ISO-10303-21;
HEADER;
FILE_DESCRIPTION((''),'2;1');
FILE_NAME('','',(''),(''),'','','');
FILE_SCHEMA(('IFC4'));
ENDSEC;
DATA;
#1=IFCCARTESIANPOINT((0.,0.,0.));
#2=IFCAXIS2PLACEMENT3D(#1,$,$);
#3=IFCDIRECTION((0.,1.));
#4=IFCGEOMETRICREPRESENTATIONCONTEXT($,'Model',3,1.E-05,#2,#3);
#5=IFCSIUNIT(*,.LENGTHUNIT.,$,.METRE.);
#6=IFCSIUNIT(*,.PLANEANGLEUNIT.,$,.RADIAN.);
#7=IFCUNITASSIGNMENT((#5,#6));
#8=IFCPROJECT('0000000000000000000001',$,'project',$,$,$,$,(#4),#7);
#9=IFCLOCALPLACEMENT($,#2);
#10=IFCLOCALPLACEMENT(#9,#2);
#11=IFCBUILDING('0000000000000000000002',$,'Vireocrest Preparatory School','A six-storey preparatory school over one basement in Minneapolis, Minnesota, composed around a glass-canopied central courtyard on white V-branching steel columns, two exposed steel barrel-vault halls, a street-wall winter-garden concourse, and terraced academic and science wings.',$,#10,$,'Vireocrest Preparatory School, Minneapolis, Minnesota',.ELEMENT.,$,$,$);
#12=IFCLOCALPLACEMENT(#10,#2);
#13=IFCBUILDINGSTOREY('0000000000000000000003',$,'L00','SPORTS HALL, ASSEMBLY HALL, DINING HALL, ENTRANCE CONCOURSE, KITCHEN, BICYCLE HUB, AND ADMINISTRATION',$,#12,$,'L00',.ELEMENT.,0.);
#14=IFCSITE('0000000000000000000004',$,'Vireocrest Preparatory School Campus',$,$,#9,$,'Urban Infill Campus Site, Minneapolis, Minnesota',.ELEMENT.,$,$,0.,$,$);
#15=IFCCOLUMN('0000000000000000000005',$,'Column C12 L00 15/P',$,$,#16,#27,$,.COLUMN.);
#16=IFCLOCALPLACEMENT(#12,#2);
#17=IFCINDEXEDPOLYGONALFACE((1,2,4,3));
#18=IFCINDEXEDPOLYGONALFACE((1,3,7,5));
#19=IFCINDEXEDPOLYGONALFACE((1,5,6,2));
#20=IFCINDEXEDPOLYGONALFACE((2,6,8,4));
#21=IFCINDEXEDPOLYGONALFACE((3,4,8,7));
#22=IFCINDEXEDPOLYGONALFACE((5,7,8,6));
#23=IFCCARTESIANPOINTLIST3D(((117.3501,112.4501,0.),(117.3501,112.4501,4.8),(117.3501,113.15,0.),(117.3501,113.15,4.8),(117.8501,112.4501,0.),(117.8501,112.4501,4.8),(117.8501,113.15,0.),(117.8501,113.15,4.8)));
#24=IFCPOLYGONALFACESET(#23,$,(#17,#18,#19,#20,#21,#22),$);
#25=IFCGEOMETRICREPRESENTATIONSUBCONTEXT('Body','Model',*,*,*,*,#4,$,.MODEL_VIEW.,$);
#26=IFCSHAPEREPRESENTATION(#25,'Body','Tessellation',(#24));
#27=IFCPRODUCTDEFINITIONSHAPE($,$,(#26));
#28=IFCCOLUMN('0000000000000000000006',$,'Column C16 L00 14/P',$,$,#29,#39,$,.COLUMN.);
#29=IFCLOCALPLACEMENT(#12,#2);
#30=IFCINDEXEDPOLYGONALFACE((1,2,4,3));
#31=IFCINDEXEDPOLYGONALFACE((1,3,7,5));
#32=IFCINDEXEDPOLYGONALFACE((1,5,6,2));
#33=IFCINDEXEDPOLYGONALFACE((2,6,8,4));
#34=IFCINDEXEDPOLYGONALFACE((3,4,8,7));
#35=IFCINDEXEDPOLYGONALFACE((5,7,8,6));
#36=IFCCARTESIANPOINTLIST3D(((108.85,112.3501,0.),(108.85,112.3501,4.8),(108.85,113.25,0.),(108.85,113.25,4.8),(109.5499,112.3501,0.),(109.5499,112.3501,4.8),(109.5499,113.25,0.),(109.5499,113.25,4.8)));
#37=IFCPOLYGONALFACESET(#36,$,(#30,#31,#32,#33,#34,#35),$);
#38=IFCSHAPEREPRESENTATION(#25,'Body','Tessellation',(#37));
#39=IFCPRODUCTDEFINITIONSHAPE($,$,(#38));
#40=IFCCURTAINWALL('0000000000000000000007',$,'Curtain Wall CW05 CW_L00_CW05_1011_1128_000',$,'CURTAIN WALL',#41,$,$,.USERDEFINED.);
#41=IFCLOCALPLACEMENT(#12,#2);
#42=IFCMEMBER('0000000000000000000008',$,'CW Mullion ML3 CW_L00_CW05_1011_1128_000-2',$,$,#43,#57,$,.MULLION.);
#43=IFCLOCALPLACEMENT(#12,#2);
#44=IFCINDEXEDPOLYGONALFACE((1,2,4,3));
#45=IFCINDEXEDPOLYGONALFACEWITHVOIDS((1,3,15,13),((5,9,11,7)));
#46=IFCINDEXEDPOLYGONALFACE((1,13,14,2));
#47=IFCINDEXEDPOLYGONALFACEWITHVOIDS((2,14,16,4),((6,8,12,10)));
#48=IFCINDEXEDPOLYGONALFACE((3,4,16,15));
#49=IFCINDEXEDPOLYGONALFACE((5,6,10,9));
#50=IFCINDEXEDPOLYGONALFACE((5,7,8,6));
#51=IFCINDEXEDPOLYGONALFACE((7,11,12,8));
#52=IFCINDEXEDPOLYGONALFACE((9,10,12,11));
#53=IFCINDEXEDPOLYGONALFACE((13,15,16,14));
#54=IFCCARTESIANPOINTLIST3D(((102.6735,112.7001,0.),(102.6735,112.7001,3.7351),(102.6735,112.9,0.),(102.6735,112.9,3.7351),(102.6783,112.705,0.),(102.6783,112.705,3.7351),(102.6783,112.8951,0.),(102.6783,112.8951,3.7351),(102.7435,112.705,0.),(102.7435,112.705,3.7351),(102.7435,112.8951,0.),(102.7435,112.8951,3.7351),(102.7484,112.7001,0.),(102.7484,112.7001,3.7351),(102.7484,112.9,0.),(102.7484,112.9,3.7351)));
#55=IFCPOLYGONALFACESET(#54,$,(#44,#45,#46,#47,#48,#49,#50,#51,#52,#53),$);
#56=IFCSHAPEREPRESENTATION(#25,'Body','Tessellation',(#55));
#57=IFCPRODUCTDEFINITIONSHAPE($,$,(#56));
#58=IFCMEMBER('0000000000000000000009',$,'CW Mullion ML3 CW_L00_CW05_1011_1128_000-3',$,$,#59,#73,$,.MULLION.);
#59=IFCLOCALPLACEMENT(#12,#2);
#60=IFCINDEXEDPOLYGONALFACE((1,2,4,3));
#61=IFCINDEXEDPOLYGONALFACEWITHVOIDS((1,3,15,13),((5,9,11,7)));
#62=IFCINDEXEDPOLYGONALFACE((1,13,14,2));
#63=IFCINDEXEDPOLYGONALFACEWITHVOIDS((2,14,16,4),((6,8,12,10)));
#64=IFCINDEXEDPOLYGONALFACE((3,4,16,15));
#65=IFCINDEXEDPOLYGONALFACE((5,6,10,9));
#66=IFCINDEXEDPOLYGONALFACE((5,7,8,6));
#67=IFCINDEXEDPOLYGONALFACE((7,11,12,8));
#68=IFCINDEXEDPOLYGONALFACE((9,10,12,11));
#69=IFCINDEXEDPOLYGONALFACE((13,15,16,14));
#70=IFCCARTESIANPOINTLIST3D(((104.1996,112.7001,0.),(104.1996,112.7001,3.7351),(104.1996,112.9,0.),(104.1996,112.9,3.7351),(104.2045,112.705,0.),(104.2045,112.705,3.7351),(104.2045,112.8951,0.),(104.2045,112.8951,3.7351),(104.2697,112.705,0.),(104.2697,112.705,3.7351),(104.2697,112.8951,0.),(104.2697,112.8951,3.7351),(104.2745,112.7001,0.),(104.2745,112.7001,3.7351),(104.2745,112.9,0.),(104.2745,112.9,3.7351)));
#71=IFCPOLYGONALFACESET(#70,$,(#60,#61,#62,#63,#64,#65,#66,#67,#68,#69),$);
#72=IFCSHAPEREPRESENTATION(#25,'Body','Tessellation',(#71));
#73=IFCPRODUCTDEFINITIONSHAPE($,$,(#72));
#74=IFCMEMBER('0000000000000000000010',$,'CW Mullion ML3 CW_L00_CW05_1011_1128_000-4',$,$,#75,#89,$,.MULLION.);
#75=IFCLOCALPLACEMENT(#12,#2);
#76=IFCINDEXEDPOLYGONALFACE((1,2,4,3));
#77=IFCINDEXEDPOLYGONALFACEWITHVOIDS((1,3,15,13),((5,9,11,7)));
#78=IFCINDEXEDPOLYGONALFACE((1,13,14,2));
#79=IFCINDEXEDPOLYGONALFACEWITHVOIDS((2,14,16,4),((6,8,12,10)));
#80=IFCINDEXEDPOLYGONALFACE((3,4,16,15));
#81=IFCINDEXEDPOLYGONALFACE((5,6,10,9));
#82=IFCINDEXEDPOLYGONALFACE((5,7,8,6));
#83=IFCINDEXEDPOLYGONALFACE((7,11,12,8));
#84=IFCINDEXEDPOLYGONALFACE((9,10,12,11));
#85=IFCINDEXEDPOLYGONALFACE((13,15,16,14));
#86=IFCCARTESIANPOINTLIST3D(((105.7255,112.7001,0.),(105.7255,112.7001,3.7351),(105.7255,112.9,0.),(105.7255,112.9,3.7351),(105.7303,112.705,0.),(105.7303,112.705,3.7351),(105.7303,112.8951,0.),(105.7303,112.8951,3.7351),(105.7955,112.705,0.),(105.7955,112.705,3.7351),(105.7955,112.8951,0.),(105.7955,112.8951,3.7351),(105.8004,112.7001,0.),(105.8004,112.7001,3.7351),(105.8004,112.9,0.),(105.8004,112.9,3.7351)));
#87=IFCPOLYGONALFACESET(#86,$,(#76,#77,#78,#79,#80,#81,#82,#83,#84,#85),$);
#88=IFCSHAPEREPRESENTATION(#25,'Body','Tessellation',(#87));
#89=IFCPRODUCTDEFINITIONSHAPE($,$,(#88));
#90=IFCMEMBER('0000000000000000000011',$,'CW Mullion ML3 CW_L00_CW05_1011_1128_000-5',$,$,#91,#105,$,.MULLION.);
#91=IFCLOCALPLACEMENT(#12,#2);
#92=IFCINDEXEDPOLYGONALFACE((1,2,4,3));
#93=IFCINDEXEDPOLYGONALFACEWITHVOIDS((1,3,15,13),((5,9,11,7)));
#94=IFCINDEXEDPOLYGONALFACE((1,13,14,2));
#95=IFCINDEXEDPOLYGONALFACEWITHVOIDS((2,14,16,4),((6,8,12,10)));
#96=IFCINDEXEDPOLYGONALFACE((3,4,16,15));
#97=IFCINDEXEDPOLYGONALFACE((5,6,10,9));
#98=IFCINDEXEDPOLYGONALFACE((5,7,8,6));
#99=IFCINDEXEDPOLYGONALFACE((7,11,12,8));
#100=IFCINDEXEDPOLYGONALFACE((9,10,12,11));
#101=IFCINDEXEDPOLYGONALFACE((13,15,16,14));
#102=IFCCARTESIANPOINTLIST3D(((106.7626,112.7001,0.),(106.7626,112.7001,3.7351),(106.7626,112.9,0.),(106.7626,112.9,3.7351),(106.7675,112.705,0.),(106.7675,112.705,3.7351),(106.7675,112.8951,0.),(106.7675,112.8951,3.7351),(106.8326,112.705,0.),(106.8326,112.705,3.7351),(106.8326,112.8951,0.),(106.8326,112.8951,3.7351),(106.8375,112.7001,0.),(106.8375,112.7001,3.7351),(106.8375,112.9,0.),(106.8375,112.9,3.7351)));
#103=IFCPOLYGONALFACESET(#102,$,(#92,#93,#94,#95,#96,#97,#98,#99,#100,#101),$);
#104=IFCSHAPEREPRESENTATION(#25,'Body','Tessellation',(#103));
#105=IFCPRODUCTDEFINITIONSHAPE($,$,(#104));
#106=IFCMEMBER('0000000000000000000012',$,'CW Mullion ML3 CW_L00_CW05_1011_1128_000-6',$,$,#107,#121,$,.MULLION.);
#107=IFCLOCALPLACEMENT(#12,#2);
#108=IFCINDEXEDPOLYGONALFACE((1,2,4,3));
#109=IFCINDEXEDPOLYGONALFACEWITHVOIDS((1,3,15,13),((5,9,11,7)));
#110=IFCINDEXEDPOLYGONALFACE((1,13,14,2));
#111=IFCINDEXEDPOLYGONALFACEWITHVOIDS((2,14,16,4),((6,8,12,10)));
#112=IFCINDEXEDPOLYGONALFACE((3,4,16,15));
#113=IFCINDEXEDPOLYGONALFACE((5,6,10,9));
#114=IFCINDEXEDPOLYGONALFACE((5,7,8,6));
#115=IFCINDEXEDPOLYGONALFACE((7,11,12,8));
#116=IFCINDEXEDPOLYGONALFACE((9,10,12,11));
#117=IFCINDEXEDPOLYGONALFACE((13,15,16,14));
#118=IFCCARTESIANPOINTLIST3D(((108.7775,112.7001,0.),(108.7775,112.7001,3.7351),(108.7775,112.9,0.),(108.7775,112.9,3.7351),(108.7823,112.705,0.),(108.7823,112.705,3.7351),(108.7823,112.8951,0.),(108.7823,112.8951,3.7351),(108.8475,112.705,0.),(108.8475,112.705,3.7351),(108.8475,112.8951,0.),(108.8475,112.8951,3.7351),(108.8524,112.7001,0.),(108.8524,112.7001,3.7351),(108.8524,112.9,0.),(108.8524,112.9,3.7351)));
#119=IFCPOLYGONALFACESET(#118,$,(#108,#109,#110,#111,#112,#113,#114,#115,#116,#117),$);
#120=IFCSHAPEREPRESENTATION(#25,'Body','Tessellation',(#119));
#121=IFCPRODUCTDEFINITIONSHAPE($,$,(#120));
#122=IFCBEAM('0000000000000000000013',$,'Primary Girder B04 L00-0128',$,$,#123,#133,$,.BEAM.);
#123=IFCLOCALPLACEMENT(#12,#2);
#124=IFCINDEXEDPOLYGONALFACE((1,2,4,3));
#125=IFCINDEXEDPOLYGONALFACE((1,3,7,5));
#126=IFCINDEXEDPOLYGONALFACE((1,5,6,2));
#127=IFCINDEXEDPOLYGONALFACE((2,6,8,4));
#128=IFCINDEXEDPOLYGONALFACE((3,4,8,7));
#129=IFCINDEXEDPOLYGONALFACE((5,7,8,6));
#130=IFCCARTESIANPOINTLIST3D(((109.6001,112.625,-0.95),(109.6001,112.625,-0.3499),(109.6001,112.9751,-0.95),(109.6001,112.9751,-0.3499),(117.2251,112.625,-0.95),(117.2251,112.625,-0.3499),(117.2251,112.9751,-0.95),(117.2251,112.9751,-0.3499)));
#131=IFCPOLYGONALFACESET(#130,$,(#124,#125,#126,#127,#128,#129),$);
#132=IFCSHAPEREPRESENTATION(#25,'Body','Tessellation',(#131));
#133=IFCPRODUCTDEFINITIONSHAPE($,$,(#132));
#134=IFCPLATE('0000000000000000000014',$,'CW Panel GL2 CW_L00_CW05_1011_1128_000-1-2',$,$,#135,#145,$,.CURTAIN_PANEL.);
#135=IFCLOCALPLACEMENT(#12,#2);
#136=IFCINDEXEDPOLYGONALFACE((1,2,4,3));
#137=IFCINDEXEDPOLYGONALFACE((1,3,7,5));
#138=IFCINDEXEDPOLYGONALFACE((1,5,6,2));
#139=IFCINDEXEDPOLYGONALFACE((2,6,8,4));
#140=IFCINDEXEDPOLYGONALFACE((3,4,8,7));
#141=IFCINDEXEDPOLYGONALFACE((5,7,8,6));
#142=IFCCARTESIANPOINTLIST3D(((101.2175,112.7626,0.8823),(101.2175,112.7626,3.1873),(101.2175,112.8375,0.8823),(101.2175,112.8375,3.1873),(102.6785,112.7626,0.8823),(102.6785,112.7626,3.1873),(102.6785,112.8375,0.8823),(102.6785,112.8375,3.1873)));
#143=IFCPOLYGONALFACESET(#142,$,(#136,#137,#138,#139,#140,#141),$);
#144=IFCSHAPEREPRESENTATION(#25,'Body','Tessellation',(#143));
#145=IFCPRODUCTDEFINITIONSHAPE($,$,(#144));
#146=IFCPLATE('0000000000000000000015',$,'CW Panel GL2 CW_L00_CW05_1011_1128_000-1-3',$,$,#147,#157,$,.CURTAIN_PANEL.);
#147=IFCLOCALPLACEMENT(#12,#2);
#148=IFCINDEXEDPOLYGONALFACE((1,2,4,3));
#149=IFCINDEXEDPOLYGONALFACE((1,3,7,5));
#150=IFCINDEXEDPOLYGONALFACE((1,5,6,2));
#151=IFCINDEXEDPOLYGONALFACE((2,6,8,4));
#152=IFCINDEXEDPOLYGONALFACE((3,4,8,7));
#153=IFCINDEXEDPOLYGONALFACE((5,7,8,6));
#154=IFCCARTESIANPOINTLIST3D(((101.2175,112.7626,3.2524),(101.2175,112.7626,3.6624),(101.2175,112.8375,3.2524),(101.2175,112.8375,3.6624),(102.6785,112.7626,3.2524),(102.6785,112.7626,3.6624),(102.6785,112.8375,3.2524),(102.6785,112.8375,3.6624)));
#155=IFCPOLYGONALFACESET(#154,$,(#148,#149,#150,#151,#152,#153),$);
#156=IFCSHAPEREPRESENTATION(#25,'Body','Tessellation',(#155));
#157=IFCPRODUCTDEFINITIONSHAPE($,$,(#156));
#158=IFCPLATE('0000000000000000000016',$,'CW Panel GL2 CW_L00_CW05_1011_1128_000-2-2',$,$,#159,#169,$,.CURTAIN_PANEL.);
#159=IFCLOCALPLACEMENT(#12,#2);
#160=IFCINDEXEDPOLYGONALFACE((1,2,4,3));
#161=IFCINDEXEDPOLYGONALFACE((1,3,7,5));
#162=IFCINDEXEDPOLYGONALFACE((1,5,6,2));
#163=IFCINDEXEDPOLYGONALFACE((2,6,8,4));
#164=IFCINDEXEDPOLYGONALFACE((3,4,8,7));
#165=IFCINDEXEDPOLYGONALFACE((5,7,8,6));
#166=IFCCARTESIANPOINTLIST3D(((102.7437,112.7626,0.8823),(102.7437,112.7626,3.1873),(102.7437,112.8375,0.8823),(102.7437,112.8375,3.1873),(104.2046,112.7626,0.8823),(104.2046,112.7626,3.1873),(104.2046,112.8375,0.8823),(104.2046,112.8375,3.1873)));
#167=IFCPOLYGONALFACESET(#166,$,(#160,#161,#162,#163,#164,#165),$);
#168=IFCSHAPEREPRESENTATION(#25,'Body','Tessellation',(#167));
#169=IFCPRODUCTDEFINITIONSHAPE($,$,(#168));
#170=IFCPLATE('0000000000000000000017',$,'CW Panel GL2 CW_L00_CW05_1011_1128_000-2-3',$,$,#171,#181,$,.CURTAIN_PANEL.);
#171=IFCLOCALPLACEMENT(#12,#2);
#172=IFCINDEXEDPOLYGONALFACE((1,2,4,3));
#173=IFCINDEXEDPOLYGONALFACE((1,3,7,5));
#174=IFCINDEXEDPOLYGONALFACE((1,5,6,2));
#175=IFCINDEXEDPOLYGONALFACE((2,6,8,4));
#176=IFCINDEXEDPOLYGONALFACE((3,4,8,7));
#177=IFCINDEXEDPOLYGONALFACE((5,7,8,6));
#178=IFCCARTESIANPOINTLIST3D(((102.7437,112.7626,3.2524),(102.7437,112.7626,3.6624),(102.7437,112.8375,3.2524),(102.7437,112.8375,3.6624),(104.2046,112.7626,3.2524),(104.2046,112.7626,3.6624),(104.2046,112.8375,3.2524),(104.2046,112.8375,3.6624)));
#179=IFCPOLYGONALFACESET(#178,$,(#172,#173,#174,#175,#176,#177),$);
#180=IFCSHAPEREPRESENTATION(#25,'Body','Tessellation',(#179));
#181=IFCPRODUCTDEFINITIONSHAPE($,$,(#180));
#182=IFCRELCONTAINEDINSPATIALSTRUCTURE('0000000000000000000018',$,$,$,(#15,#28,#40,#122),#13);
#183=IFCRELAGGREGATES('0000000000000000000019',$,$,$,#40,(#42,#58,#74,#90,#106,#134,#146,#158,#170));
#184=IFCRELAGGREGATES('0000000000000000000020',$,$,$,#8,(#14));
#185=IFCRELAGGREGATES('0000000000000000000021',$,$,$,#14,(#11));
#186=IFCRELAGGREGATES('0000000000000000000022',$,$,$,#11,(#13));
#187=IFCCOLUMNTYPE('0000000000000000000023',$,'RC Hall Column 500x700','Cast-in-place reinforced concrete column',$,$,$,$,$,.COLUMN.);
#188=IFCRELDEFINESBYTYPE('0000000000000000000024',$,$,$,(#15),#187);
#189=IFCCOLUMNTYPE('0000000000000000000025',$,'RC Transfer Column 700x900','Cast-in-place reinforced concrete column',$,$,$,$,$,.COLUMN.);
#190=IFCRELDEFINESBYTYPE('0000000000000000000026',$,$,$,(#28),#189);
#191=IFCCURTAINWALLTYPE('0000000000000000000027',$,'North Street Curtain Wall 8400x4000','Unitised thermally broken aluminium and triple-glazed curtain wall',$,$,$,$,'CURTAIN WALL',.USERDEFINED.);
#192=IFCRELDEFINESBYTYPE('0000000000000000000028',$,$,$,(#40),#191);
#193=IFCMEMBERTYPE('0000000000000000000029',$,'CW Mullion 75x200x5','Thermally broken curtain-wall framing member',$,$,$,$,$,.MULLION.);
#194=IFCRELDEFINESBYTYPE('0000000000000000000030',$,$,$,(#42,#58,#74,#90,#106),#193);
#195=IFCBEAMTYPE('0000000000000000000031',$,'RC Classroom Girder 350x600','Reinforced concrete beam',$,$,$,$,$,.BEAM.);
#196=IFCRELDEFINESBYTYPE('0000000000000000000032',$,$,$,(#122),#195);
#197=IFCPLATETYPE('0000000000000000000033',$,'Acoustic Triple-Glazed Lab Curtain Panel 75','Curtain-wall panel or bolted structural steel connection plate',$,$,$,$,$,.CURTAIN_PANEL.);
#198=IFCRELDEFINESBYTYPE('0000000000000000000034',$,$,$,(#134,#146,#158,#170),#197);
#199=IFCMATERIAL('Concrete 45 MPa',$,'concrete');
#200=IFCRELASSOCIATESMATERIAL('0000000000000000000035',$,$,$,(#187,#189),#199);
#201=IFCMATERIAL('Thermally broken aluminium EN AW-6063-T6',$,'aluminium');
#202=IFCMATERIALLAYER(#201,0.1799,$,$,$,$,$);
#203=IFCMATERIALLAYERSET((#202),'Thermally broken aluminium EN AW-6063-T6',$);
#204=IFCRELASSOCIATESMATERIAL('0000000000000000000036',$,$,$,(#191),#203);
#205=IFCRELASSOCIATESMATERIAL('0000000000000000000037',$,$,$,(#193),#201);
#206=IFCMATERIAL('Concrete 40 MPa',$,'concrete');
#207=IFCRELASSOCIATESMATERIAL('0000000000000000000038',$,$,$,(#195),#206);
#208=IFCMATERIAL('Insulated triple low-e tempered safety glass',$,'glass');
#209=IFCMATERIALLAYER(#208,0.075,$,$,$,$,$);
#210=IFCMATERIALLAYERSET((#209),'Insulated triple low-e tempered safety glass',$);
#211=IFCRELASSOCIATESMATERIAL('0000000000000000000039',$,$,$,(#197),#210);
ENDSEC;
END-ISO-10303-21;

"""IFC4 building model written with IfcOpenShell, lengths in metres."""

from ifc_helpers import new_model, si_unit, direction, frame, origin, origin_2d, place, context, subcontext, project, spatial, rectangle, hollow_rectangle, extrude, material, layer, layer_set, material_profile, profile_set, type_object, element, aggregate, save


model = new_model("IFC4")

# Units and contexts
model_context = context("Model", 3, precision=1e-05, world=origin(), true_north=direction((0.0, 1.0)))
body_context = subcontext(model_context, "Body", "Model", "MODEL_VIEW")
ifc_project = project(units=[si_unit("LENGTHUNIT", "METRE"), si_unit("PLANEANGLEUNIT", "RADIAN")], contexts=[model_context])

# Site, building, storey
site_placement = place(None, origin())
site = spatial("IfcSite", under=ifc_project, at=site_placement, Name="Vireocrest Preparatory School Campus", LongName="Urban Infill Campus Site, Minneapolis, Minnesota", CompositionType="ELEMENT", RefElevation=0.0)
building_placement = place(site_placement, origin())
building = spatial("IfcBuilding", under=site, at=building_placement, Name="Vireocrest Preparatory School", Description="A six-storey preparatory school over one basement in Minneapolis, Minnesota, composed around a glass-canopied central courtyard on white V-branching steel columns, two exposed steel barrel-vault halls, a street-wall winter-garden concourse, and terraced academic and science wings.", LongName="Vireocrest Preparatory School, Minneapolis, Minnesota", CompositionType="ELEMENT")
storey_placement = place(building_placement, origin())
storey = spatial("IfcBuildingStorey", under=building, at=storey_placement, Name="L00", Description="SPORTS HALL, ASSEMBLY HALL, DINING HALL, ENTRANCE CONCOURSE, KITCHEN, BICYCLE HUB, AND ADMINISTRATION", LongName="L00", CompositionType="ELEMENT", Elevation=0.0)

# Columns
ifc_material_1 = material(Name="Concrete 45 MPa", Category="concrete")
ifc_material_profile_1 = material_profile(ifc_material_1, rectangle(XDim=0.5, YDim=0.7, at=origin_2d()), Name="RC 500x700")
ifc_profile_set_1 = profile_set([ifc_material_profile_1], Name="Concrete 45 MPa")
column_type_1 = type_object("IfcColumnType", Name="RC Hall Column 500x700", Description="Cast-in-place reinforced concrete column", PredefinedType="COLUMN", material=ifc_profile_set_1)
column_1_placement = place(storey_placement, frame((117.6001, 112.8, 0.0), z_axis=(0.0, 0.0, 1.0), x_axis=(1.0, 0.0, 0.0)))
element("IfcColumn", 1, at=column_1_placement, inside=storey, type_object=column_type_1, Name="Column C12 L00 15/P", PredefinedType="COLUMN", context=body_context, shape_type="SweptSolid", body=[
    extrude(rectangle(XDim=0.5, YDim=0.7, at=origin_2d()), origin(), (0.0, 0.0, 1.0), 4.8),
])
ifc_material_profile_2 = material_profile(ifc_material_1, rectangle(XDim=0.7, YDim=0.8999, at=origin_2d()), Name="RC 700x900")
ifc_profile_set_2 = profile_set([ifc_material_profile_2], Name="Concrete 45 MPa")
column_type_2 = type_object("IfcColumnType", Name="RC Transfer Column 700x900", Description="Cast-in-place reinforced concrete column", PredefinedType="COLUMN", material=ifc_profile_set_2)
column_2_placement = place(storey_placement, frame((109.2, 112.8, 0.0), z_axis=(0.0, 0.0, 1.0), x_axis=(1.0, 0.0, 0.0)))
element("IfcColumn", 2, at=column_2_placement, inside=storey, type_object=column_type_2, Name="Column C16 L00 14/P", PredefinedType="COLUMN", context=body_context, shape_type="SweptSolid", body=[
    extrude(rectangle(XDim=0.7, YDim=0.8999, at=origin_2d()), origin(), (0.0, 0.0, 1.0), 4.8),
])

# Curtain wall, members
ifc_material_2 = material(Name="Thermally broken aluminium EN AW-6063-T6", Category="aluminium")
ifc_layer_1 = layer(ifc_material_2, 0.1799)
ifc_layer_set_1 = layer_set([ifc_layer_1], Name="Thermally broken aluminium EN AW-6063-T6")
curtain_wall_type = type_object("IfcCurtainWallType", Name="North Street Curtain Wall 8400x4000", Description="Unitised thermally broken aluminium and triple-glazed curtain wall", ElementType="CURTAIN WALL", PredefinedType="USERDEFINED", material=ifc_layer_set_1)
curtain_wall_placement = place(storey_placement, origin())
curtain_wall = element("IfcCurtainWall", 3, at=curtain_wall_placement, inside=storey, type_object=curtain_wall_type, Name="Curtain Wall CW05 CW_L00_CW05_1011_1128_000", ObjectType="CURTAIN WALL", PredefinedType="USERDEFINED")
ifc_material_profile_3 = material_profile(ifc_material_2, hollow_rectangle(XDim=0.075, YDim=0.2, WallThickness=0.0049, at=origin_2d()), Name="ALU 75x200x5")
ifc_profile_set_3 = profile_set([ifc_material_profile_3], Name="Thermally broken aluminium EN AW-6063-T6")
member_type = type_object("IfcMemberType", Name="CW Mullion 75x200x5", Description="Thermally broken curtain-wall framing member", PredefinedType="MULLION", material=ifc_profile_set_3)
member_1_placement = place(storey_placement, frame((102.7109, 112.8, 0.0), z_axis=(0.0, 0.0, 1.0), x_axis=(1.0, 0.0, 0.0)))
member_1 = element("IfcMember", 4, at=member_1_placement, type_object=member_type, Name="CW Mullion ML3 CW_L00_CW05_1011_1128_000-2", PredefinedType="MULLION", context=body_context, shape_type="SweptSolid", body=[
    extrude(hollow_rectangle(XDim=0.075, YDim=0.2, WallThickness=0.0049, at=origin_2d()), origin(), (0.0, 0.0, 1.0), 3.7351),
])
member_2_placement = place(storey_placement, frame((104.2371, 112.8, 0.0), z_axis=(0.0, 0.0, 1.0), x_axis=(1.0, 0.0, 0.0)))
member_2 = element("IfcMember", 5, at=member_2_placement, type_object=member_type, Name="CW Mullion ML3 CW_L00_CW05_1011_1128_000-3", PredefinedType="MULLION", context=body_context, shape_type="SweptSolid", body=[
    extrude(hollow_rectangle(XDim=0.075, YDim=0.2, WallThickness=0.0049, at=origin_2d()), origin(), (0.0, 0.0, 1.0), 3.7351),
])
member_3_placement = place(storey_placement, frame((105.7629, 112.8, 0.0), z_axis=(0.0, 0.0, 1.0), x_axis=(1.0, 0.0, 0.0)))
member_3 = element("IfcMember", 6, at=member_3_placement, type_object=member_type, Name="CW Mullion ML3 CW_L00_CW05_1011_1128_000-4", PredefinedType="MULLION", context=body_context, shape_type="SweptSolid", body=[
    extrude(hollow_rectangle(XDim=0.075, YDim=0.2, WallThickness=0.0049, at=origin_2d()), origin(), (0.0, 0.0, 1.0), 3.7351),
])
member_4_placement = place(storey_placement, frame((106.8, 112.8, 0.0), z_axis=(0.0, 0.0, 1.0), x_axis=(1.0, 0.0, 0.0)))
member_4 = element("IfcMember", 7, at=member_4_placement, type_object=member_type, Name="CW Mullion ML3 CW_L00_CW05_1011_1128_000-5", PredefinedType="MULLION", context=body_context, shape_type="SweptSolid", body=[
    extrude(hollow_rectangle(XDim=0.075, YDim=0.2, WallThickness=0.0049, at=origin_2d()), origin(), (0.0, 0.0, 1.0), 3.7351),
])
member_5_placement = place(storey_placement, frame((108.8149, 112.8, 0.0), z_axis=(0.0, 0.0, 1.0), x_axis=(1.0, 0.0, 0.0)))
member_5 = element("IfcMember", 8, at=member_5_placement, type_object=member_type, Name="CW Mullion ML3 CW_L00_CW05_1011_1128_000-6", PredefinedType="MULLION", context=body_context, shape_type="SweptSolid", body=[
    extrude(hollow_rectangle(XDim=0.075, YDim=0.2, WallThickness=0.0049, at=origin_2d()), origin(), (0.0, 0.0, 1.0), 3.7351),
])

# Beam
ifc_material_3 = material(Name="Concrete 40 MPa", Category="concrete")
ifc_material_profile_4 = material_profile(ifc_material_3, rectangle(XDim=0.3501, YDim=0.6001, at=origin_2d()), Name="RC 350x600")
ifc_profile_set_4 = profile_set([ifc_material_profile_4], Name="Concrete 40 MPa")
beam_type = type_object("IfcBeamType", Name="RC Classroom Girder 350x600", Description="Reinforced concrete beam", PredefinedType="BEAM", material=ifc_profile_set_4)
beam_placement = place(storey_placement, frame((109.6001, 112.8, -0.6499), z_axis=(1.0, 0.0, 0.0), x_axis=(0.0, 1.0, 0.0)))
element("IfcBeam", 9, at=beam_placement, inside=storey, type_object=beam_type, Name="Primary Girder B04 L00-0128", PredefinedType="BEAM", context=body_context, shape_type="SweptSolid", body=[
    extrude(rectangle(XDim=0.3501, YDim=0.6001, at=origin_2d()), origin(), (0.0, 0.0, 1.0), 7.625),
])

# Plates
ifc_material_4 = material(Name="Insulated triple low-e tempered safety glass", Category="glass")
ifc_layer_2 = layer(ifc_material_4, 0.075)
ifc_layer_set_2 = layer_set([ifc_layer_2], Name="Insulated triple low-e tempered safety glass")
plate_type_1 = type_object("IfcPlateType", Name="Acoustic Triple-Glazed Lab Curtain Panel 75", Description="Curtain-wall panel or bolted structural steel connection plate", PredefinedType="CURTAIN_PANEL", material=ifc_layer_set_2)
plate_1_placement = place(storey_placement, frame((101.948, 112.8, 0.8823), z_axis=(0.0, 0.0, 1.0), x_axis=(1.0, 0.0, 0.0)))
plate_1 = element("IfcPlate", 10, at=plate_1_placement, type_object=plate_type_1, Name="CW Panel GL2 CW_L00_CW05_1011_1128_000-1-2", PredefinedType="CURTAIN_PANEL", context=body_context, shape_type="SweptSolid", body=[
    extrude(rectangle(XDim=1.4609, YDim=0.075, at=origin_2d()), origin(), (0.0, 0.0, 1.0), 2.3049),
])
plate_2_placement = place(storey_placement, frame((101.948, 112.8, 3.2524), z_axis=(0.0, 0.0, 1.0), x_axis=(1.0, 0.0, 0.0)))
plate_2 = element("IfcPlate", 11, at=plate_2_placement, type_object=plate_type_1, Name="CW Panel GL2 CW_L00_CW05_1011_1128_000-1-3", PredefinedType="CURTAIN_PANEL", context=body_context, shape_type="SweptSolid", body=[
    extrude(rectangle(XDim=1.4609, YDim=0.075, at=origin_2d()), origin(), (0.0, 0.0, 1.0), 0.4099),
])
plate_3_placement = place(storey_placement, frame((103.4741, 112.8, 0.8823), z_axis=(0.0, 0.0, 1.0), x_axis=(1.0, 0.0, 0.0)))
plate_3 = element("IfcPlate", 12, at=plate_3_placement, type_object=plate_type_1, Name="CW Panel GL2 CW_L00_CW05_1011_1128_000-2-2", PredefinedType="CURTAIN_PANEL", context=body_context, shape_type="SweptSolid", body=[
    extrude(rectangle(XDim=1.4609, YDim=0.075, at=origin_2d()), origin(), (0.0, 0.0, 1.0), 2.3049),
])
plate_4_placement = place(storey_placement, frame((103.4741, 112.8, 3.2524), z_axis=(0.0, 0.0, 1.0), x_axis=(1.0, 0.0, 0.0)))
plate_4 = element("IfcPlate", 13, at=plate_4_placement, type_object=plate_type_1, Name="CW Panel GL2 CW_L00_CW05_1011_1128_000-2-3", PredefinedType="CURTAIN_PANEL", context=body_context, shape_type="SweptSolid", body=[
    extrude(rectangle(XDim=1.4609, YDim=0.075, at=origin_2d()), origin(), (0.0, 0.0, 1.0), 0.4099),
])
aggregate(curtain_wall, [member_1, member_2, member_3, member_4, member_5, plate_1, plate_2, plate_3, plate_4])

save(model, "model.ifc")
